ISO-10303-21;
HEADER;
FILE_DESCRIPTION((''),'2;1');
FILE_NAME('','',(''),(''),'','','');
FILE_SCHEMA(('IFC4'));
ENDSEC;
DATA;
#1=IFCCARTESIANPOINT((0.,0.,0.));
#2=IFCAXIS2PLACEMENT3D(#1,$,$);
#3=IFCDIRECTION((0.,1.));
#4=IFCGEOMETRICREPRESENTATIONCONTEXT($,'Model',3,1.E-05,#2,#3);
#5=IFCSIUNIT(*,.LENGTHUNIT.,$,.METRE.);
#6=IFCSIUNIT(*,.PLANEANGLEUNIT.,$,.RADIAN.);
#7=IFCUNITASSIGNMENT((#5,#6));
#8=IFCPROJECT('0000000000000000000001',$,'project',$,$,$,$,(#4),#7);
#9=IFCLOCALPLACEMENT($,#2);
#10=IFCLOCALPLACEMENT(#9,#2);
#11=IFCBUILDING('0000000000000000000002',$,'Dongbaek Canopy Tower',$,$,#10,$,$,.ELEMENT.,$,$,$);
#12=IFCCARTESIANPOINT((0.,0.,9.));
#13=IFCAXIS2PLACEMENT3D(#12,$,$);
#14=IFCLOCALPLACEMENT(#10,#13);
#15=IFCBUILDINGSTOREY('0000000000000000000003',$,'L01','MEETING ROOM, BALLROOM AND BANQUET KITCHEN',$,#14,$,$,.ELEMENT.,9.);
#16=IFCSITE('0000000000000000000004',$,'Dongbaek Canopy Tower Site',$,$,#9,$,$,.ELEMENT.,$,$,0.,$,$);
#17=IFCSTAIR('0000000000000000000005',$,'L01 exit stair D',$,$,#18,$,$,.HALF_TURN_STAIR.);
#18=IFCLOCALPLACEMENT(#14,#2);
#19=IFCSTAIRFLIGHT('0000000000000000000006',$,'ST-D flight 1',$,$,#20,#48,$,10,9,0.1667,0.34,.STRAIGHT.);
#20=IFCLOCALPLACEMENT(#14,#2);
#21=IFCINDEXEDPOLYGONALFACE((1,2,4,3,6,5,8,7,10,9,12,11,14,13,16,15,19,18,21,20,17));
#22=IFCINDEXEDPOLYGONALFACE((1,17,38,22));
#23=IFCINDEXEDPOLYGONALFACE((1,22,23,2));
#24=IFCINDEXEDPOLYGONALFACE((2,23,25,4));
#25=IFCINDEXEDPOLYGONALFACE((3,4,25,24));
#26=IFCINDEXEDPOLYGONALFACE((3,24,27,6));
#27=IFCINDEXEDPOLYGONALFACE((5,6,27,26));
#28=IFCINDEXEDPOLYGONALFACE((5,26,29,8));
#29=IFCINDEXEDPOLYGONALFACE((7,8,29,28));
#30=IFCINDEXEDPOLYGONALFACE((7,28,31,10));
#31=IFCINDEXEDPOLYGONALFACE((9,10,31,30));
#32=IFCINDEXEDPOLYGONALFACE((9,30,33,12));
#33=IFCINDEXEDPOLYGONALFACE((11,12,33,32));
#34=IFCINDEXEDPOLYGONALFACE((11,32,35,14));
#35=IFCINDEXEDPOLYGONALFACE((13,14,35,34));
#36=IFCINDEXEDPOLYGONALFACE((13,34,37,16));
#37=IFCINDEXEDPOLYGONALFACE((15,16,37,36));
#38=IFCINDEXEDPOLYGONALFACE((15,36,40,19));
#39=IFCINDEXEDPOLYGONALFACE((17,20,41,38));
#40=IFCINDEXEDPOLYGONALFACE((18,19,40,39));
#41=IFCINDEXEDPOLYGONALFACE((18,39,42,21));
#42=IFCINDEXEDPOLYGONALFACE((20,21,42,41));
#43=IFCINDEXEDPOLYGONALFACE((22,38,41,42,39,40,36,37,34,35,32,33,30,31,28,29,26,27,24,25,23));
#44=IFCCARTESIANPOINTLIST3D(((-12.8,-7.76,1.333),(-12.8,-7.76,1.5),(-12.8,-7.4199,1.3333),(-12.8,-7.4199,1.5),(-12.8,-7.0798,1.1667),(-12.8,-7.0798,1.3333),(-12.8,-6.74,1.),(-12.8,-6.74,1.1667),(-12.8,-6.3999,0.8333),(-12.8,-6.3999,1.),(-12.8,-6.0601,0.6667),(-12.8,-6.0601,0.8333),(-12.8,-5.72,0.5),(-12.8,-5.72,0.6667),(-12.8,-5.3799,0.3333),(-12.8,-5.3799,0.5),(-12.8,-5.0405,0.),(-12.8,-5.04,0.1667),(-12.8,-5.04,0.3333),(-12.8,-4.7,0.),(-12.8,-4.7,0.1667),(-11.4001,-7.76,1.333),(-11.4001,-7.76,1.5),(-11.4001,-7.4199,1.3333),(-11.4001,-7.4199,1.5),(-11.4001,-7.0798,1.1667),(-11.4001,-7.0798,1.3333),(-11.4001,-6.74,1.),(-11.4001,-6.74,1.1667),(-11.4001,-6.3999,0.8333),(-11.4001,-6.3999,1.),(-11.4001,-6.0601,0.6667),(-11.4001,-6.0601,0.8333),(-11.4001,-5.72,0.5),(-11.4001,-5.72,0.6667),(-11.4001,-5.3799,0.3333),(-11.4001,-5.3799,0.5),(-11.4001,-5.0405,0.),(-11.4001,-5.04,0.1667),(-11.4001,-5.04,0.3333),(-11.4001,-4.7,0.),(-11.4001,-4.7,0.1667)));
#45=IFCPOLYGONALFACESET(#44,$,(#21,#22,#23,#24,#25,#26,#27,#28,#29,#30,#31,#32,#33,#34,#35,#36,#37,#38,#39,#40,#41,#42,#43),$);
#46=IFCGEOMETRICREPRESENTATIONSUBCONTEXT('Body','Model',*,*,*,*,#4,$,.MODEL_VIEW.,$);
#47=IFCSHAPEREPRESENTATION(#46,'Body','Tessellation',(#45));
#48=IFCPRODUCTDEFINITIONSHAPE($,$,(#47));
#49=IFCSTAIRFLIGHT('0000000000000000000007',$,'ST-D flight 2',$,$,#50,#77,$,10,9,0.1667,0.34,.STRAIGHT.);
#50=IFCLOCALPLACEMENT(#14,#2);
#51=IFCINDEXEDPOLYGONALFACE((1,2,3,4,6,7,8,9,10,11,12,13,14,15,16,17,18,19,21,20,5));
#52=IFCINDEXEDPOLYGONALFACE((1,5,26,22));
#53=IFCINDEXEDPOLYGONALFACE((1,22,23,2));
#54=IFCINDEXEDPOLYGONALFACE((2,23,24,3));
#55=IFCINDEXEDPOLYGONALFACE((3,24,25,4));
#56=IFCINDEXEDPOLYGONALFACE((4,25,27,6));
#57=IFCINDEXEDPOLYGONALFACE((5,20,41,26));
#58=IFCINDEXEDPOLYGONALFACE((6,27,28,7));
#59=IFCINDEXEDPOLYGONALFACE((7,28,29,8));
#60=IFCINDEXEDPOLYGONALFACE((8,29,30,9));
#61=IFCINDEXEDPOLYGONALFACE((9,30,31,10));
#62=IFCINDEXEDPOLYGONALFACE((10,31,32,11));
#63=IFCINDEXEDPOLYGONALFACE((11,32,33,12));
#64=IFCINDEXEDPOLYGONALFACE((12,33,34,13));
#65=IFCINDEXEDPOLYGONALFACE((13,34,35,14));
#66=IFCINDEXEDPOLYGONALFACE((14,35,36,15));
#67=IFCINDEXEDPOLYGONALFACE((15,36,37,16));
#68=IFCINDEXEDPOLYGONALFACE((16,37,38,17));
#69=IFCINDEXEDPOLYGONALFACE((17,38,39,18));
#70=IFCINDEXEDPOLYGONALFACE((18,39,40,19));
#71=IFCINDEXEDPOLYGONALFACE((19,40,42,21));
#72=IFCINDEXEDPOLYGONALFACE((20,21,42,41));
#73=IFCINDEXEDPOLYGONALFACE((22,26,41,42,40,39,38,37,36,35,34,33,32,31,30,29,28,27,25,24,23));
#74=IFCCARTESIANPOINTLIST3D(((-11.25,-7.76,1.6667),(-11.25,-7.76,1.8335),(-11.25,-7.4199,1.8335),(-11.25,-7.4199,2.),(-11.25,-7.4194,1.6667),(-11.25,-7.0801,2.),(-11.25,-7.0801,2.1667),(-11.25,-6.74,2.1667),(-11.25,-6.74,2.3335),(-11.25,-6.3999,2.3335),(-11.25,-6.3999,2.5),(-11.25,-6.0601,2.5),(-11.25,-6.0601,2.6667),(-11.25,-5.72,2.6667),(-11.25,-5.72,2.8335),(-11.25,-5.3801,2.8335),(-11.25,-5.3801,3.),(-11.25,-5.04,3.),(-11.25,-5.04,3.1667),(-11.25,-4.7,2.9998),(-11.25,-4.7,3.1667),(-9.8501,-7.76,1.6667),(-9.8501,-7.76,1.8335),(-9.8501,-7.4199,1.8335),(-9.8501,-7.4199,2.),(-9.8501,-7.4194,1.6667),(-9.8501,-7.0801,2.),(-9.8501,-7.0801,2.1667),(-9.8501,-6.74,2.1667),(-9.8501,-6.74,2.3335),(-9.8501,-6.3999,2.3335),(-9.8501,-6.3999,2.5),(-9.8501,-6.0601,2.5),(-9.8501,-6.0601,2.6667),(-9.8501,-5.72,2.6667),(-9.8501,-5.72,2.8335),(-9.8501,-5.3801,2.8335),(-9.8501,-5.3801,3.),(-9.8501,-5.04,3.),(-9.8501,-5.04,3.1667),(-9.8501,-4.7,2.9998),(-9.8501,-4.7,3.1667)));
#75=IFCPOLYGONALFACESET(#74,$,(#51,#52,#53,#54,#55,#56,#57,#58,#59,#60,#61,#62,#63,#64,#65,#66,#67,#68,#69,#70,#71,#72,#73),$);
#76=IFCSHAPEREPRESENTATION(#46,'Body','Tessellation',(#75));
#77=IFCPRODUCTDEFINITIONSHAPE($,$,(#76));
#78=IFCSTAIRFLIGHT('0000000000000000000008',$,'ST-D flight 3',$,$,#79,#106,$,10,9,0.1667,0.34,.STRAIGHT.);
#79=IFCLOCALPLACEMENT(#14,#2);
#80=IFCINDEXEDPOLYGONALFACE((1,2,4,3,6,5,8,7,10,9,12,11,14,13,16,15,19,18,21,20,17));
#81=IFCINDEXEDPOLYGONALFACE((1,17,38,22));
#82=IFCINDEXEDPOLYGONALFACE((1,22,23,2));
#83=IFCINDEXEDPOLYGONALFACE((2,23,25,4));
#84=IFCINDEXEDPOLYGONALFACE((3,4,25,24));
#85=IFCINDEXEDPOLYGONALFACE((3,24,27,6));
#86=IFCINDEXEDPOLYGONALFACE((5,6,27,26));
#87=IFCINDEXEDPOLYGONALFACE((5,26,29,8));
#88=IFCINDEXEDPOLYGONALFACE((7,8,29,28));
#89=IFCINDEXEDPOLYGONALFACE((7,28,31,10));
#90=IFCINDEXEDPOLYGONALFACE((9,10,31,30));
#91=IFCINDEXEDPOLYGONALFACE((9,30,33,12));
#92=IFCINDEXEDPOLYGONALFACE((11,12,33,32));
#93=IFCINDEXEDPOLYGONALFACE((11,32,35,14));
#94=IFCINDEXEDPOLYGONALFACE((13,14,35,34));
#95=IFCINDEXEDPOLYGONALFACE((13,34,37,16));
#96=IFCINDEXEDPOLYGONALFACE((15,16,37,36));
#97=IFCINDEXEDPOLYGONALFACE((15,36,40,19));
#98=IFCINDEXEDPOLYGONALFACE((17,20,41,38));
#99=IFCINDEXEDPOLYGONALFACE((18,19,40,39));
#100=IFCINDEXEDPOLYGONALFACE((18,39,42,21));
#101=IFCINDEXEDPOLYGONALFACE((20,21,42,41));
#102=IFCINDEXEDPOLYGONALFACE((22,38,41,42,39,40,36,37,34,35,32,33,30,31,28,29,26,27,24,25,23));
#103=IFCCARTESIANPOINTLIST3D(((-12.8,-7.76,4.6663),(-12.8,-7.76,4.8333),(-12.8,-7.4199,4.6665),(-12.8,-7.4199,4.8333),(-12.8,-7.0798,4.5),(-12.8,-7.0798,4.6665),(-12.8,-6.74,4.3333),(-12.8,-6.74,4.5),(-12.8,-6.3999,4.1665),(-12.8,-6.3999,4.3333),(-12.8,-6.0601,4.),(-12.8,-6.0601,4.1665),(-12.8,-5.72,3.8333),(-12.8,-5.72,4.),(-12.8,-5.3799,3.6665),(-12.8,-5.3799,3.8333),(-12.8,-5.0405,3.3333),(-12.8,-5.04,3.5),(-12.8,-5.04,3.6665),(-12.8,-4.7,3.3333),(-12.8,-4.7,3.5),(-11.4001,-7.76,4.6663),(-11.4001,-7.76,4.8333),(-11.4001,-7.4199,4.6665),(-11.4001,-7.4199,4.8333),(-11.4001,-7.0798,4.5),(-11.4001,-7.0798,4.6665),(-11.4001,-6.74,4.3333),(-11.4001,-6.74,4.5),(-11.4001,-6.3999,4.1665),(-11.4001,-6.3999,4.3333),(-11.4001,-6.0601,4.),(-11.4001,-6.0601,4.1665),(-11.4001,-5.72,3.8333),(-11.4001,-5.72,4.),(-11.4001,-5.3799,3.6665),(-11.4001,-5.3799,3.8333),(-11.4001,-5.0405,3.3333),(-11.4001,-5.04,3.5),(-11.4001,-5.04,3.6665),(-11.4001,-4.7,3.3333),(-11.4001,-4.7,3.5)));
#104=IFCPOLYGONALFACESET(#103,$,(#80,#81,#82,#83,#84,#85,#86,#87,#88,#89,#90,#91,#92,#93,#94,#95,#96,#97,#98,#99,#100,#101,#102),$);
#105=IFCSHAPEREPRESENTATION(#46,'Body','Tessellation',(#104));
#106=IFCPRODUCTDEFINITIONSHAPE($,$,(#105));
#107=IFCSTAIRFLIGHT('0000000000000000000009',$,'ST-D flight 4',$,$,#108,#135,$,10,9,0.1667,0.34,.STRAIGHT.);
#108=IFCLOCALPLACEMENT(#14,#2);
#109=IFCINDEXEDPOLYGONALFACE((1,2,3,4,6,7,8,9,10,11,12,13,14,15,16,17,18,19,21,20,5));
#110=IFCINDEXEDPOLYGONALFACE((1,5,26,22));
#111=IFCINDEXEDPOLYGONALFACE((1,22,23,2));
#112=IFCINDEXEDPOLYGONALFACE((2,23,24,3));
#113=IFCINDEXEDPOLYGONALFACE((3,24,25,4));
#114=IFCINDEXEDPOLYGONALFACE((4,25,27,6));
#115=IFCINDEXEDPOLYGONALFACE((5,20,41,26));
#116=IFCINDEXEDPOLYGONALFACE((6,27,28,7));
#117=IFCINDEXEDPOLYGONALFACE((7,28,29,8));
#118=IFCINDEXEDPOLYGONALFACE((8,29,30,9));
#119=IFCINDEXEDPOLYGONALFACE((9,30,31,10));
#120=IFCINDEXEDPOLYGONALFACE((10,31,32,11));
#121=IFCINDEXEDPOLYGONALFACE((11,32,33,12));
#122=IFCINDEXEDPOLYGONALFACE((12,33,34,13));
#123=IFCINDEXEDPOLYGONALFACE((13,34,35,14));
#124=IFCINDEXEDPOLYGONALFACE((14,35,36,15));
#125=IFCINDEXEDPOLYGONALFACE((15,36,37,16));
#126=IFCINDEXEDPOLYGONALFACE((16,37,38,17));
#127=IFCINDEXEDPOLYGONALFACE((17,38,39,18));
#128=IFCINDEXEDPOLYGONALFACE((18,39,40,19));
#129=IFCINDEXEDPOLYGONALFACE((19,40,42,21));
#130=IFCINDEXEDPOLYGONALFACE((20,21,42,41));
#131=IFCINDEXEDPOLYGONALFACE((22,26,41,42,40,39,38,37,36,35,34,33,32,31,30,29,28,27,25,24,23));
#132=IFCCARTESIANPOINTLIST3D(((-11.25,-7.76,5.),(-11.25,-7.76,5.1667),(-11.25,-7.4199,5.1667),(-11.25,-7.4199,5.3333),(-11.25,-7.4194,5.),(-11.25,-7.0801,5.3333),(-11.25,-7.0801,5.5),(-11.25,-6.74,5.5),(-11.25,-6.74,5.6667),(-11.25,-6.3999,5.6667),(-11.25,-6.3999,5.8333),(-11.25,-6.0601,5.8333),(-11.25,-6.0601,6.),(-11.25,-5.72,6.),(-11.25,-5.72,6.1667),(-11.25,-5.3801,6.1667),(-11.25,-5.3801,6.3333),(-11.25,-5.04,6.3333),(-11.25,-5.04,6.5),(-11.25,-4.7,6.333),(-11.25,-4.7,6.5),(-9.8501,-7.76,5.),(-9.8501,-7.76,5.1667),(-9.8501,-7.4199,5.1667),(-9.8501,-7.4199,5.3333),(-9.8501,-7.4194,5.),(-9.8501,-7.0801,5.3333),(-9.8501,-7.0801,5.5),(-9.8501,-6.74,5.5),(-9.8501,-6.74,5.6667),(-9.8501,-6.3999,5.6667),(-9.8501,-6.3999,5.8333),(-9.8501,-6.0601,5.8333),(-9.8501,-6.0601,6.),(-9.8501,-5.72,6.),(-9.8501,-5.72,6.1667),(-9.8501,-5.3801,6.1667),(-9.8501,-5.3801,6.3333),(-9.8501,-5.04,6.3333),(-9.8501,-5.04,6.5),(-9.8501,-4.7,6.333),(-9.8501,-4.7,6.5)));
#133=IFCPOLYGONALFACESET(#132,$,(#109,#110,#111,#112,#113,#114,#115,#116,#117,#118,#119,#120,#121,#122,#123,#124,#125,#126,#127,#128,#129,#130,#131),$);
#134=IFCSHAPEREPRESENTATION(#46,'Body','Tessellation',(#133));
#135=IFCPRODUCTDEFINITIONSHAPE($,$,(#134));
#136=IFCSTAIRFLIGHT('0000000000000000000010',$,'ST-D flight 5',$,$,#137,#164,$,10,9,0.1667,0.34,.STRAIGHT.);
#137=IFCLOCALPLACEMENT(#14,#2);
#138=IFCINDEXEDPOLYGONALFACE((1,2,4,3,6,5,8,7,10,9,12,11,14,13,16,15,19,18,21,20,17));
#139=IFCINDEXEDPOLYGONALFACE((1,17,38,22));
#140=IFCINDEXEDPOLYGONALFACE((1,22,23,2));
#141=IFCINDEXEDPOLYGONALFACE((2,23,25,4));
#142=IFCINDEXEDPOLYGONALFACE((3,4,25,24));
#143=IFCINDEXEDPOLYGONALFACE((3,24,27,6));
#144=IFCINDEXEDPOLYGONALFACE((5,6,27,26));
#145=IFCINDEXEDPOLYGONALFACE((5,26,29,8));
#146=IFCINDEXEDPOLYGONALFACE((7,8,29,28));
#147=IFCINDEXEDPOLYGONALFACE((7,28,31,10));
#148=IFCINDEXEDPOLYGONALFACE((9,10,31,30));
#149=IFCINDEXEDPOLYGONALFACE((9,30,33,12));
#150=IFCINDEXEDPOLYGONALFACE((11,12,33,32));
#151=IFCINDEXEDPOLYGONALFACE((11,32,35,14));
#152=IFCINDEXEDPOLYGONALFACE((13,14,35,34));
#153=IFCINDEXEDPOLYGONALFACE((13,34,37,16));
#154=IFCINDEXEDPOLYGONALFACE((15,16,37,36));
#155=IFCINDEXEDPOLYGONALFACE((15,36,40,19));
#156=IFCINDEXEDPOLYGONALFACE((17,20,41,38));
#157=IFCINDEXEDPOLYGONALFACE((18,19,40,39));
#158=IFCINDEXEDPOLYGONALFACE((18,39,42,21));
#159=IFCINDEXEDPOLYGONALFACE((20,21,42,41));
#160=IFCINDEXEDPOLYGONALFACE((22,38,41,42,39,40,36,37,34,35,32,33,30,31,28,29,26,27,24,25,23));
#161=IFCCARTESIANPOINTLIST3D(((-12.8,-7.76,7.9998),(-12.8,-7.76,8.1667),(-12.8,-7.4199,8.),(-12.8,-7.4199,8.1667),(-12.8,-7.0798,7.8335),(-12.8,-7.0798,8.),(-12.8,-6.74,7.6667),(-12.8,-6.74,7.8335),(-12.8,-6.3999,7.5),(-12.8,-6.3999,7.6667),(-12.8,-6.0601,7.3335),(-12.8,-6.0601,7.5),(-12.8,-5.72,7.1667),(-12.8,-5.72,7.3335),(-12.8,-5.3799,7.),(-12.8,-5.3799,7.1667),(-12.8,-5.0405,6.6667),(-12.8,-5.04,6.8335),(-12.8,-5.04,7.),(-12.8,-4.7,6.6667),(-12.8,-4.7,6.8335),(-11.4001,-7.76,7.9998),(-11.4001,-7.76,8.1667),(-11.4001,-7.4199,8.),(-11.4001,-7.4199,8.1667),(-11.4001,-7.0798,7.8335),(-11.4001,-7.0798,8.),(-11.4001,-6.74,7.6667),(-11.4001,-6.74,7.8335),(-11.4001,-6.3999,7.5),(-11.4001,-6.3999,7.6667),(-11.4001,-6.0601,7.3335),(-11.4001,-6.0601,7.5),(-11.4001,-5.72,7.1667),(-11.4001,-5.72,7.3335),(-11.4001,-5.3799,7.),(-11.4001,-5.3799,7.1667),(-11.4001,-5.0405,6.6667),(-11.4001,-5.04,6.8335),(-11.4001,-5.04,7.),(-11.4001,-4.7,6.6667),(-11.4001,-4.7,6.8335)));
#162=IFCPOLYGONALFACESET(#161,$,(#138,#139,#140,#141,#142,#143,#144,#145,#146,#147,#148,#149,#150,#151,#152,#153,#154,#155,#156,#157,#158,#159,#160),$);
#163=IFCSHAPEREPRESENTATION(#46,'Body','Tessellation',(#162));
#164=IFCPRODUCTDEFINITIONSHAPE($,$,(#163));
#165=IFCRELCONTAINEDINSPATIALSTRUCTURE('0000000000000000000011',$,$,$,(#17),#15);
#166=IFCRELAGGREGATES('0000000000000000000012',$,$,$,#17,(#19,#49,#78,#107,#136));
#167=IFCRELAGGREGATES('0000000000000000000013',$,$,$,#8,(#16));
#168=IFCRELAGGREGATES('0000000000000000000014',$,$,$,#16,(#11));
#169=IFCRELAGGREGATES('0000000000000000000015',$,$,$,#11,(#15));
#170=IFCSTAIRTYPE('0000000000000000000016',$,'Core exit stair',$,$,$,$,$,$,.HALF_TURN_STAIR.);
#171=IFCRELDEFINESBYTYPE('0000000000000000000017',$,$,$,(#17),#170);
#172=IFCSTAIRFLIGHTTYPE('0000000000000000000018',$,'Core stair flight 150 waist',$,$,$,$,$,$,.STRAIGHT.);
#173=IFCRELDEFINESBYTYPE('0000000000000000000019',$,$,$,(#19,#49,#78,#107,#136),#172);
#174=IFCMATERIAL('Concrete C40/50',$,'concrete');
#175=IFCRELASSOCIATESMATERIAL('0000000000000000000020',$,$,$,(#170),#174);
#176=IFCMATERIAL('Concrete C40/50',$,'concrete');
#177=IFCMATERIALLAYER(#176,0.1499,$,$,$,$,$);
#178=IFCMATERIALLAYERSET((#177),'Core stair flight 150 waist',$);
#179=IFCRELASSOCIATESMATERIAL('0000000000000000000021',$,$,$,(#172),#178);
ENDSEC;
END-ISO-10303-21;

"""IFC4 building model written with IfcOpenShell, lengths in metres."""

from ifc_helpers import new_model, si_unit, direction, frame, origin, place, context, subcontext, project, spatial, polyline, outline, extrude, material, layer, layer_set, type_object, element, aggregate, save


model = new_model("IFC4")

# Units and contexts
model_context = context("Model", 3, precision=1e-05, world=origin(), true_north=direction((0.0, 1.0)))
body_context = subcontext(model_context, "Body", "Model", "MODEL_VIEW")
ifc_project = project(units=[si_unit("LENGTHUNIT", "METRE"), si_unit("PLANEANGLEUNIT", "RADIAN")], contexts=[model_context])

# Site, building, storey
site_placement = place(None, origin())
site = spatial("IfcSite", under=ifc_project, at=site_placement, Name="Dongbaek Canopy Tower Site", CompositionType="ELEMENT", RefElevation=0.0)
building_placement = place(site_placement, origin())
building = spatial("IfcBuilding", under=site, at=building_placement, Name="Dongbaek Canopy Tower", CompositionType="ELEMENT")
storey_placement = place(building_placement, frame((0.0, 0.0, 9.0)))
storey = spatial("IfcBuildingStorey", under=building, at=storey_placement, Name="L01", Description="MEETING ROOM, BALLROOM AND BANQUET KITCHEN", CompositionType="ELEMENT", Elevation=9.0)

# Stair, stair flights
ifc_material_1 = material(Name="Concrete C40/50", Category="concrete")
stair_type = type_object("IfcStairType", Name="Core exit stair", PredefinedType="HALF_TURN_STAIR", material=ifc_material_1)
stair_placement = place(storey_placement, origin())
stair = element("IfcStair", 1, at=stair_placement, inside=storey, type_object=stair_type, Name="L01 exit stair D", PredefinedType="HALF_TURN_STAIR")
ifc_material_2 = material(Name="Concrete C40/50", Category="concrete")
ifc_layer_1 = layer(ifc_material_2, 0.1499)
ifc_layer_set_1 = layer_set([ifc_layer_1], Name="Core stair flight 150 waist")
stair_flight_type = type_object("IfcStairFlightType", Name="Core stair flight 150 waist", PredefinedType="STRAIGHT", material=ifc_layer_set_1)
stair_flight_1_placement = place(storey_placement, frame((-12.1001, -4.7, 0.0), z_axis=(0.0, 0.0, 1.0), x_axis=(0.0, -1.0, 0.0)))
stair_flight_1 = element("IfcStairFlight", 2, at=stair_flight_1_placement, type_object=stair_flight_type, Name="ST-D flight 1", NumberOfRisers=10, NumberOfTreads=9, PredefinedType="STRAIGHT", RiserHeight=0.1667, TreadLength=0.34, context=body_context, shape_type="SweptSolid", body=[
    extrude(outline(polyline([(0.0, 0.0), (0.0, 0.1667), (0.3401, 0.1667), (0.3401, 0.3333), (0.6799, 0.3333), (0.6799, 0.5), (1.02, 0.5), (1.02, 0.6667), (1.3601, 0.6667), (1.3601, 0.8333), (1.7, 0.8333), (1.7, 1.0), (2.04, 1.0), (2.04, 1.1667), (2.3799, 1.1667), (2.3799, 1.3333), (2.72, 1.3333), (2.72, 1.5), (3.0601, 1.5), (3.0601, 1.6667), (3.0601, 1.333), (0.3406, 0.0), (0.0, 0.0)])), frame((0.0, 0.7, 0.0), z_axis=(0.0, -1.0, 0.0), x_axis=(1.0, 0.0, 0.0)), (0.0, 0.0, 1.0), 1.3999),
])
stair_flight_2_placement = place(storey_placement, frame((-10.55, -7.76, 1.6667), z_axis=(0.0, 0.0, 1.0), x_axis=(0.0, 1.0, 0.0)))
stair_flight_2 = element("IfcStairFlight", 3, at=stair_flight_2_placement, type_object=stair_flight_type, Name="ST-D flight 2", NumberOfRisers=10, NumberOfTreads=9, PredefinedType="STRAIGHT", RiserHeight=0.1667, TreadLength=0.34, context=body_context, shape_type="SweptSolid", body=[
    extrude(outline(polyline([(0.0, 0.0), (0.0, 0.1667), (0.3401, 0.1667), (0.3401, 0.3333), (0.6799, 0.3333), (0.6799, 0.5), (1.02, 0.5), (1.02, 0.6667), (1.3601, 0.6667), (1.3601, 0.8333), (1.7, 0.8333), (1.7, 1.0), (2.04, 1.0), (2.04, 1.1667), (2.3799, 1.1667), (2.3799, 1.3333), (2.72, 1.3333), (2.72, 1.5), (3.0601, 1.5), (3.0601, 1.6667), (3.0601, 1.333), (0.3406, 0.0), (0.0, 0.0)])), frame((0.0, 0.7, 0.0), z_axis=(0.0, -1.0, 0.0), x_axis=(1.0, 0.0, 0.0)), (0.0, 0.0, 1.0), 1.3999),
])
stair_flight_3_placement = place(storey_placement, frame((-12.1001, -4.7, 3.3333), z_axis=(0.0, 0.0, 1.0), x_axis=(0.0, -1.0, 0.0)))
stair_flight_3 = element("IfcStairFlight", 4, at=stair_flight_3_placement, type_object=stair_flight_type, Name="ST-D flight 3", NumberOfRisers=10, NumberOfTreads=9, PredefinedType="STRAIGHT", RiserHeight=0.1667, TreadLength=0.34, context=body_context, shape_type="SweptSolid", body=[
    extrude(outline(polyline([(0.0, 0.0), (0.0, 0.1667), (0.3401, 0.1667), (0.3401, 0.3333), (0.6799, 0.3333), (0.6799, 0.5), (1.02, 0.5), (1.02, 0.6667), (1.3601, 0.6667), (1.3601, 0.8333), (1.7, 0.8333), (1.7, 1.0), (2.04, 1.0), (2.04, 1.1667), (2.3799, 1.1667), (2.3799, 1.3333), (2.72, 1.3333), (2.72, 1.5), (3.0601, 1.5), (3.0601, 1.6667), (3.0601, 1.333), (0.3406, 0.0), (0.0, 0.0)])), frame((0.0, 0.7, 0.0), z_axis=(0.0, -1.0, 0.0), x_axis=(1.0, 0.0, 0.0)), (0.0, 0.0, 1.0), 1.3999),
])
stair_flight_4_placement = place(storey_placement, frame((-10.55, -7.76, 5.0), z_axis=(0.0, 0.0, 1.0), x_axis=(0.0, 1.0, 0.0)))
stair_flight_4 = element("IfcStairFlight", 5, at=stair_flight_4_placement, type_object=stair_flight_type, Name="ST-D flight 4", NumberOfRisers=10, NumberOfTreads=9, PredefinedType="STRAIGHT", RiserHeight=0.1667, TreadLength=0.34, context=body_context, shape_type="SweptSolid", body=[
    extrude(outline(polyline([(0.0, 0.0), (0.0, 0.1667), (0.3401, 0.1667), (0.3401, 0.3333), (0.6799, 0.3333), (0.6799, 0.5), (1.02, 0.5), (1.02, 0.6667), (1.3601, 0.6667), (1.3601, 0.8333), (1.7, 0.8333), (1.7, 1.0), (2.04, 1.0), (2.04, 1.1667), (2.3799, 1.1667), (2.3799, 1.3333), (2.72, 1.3333), (2.72, 1.5), (3.0601, 1.5), (3.0601, 1.6667), (3.0601, 1.333), (0.3406, 0.0), (0.0, 0.0)])), frame((0.0, 0.7, 0.0), z_axis=(0.0, -1.0, 0.0), x_axis=(1.0, 0.0, 0.0)), (0.0, 0.0, 1.0), 1.3999),
])
stair_flight_5_placement = place(storey_placement, frame((-12.1001, -4.7, 6.6667), z_axis=(0.0, 0.0, 1.0), x_axis=(0.0, -1.0, 0.0)))
stair_flight_5 = element("IfcStairFlight", 6, at=stair_flight_5_placement, type_object=stair_flight_type, Name="ST-D flight 5", NumberOfRisers=10, NumberOfTreads=9, PredefinedType="STRAIGHT", RiserHeight=0.1667, TreadLength=0.34, context=body_context, shape_type="SweptSolid", body=[
    extrude(outline(polyline([(0.0, 0.0), (0.0, 0.1667), (0.3401, 0.1667), (0.3401, 0.3333), (0.6799, 0.3333), (0.6799, 0.5), (1.02, 0.5), (1.02, 0.6667), (1.3601, 0.6667), (1.3601, 0.8333), (1.7, 0.8333), (1.7, 1.0), (2.04, 1.0), (2.04, 1.1667), (2.3799, 1.1667), (2.3799, 1.3333), (2.72, 1.3333), (2.72, 1.5), (3.0601, 1.5), (3.0601, 1.6667), (3.0601, 1.333), (0.3406, 0.0), (0.0, 0.0)])), frame((0.0, 0.7, 0.0), z_axis=(0.0, -1.0, 0.0), x_axis=(1.0, 0.0, 0.0)), (0.0, 0.0, 1.0), 1.3999),
])
aggregate(stair, [stair_flight_1, stair_flight_2, stair_flight_3, stair_flight_4, stair_flight_5])

save(model, "model.ifc")
